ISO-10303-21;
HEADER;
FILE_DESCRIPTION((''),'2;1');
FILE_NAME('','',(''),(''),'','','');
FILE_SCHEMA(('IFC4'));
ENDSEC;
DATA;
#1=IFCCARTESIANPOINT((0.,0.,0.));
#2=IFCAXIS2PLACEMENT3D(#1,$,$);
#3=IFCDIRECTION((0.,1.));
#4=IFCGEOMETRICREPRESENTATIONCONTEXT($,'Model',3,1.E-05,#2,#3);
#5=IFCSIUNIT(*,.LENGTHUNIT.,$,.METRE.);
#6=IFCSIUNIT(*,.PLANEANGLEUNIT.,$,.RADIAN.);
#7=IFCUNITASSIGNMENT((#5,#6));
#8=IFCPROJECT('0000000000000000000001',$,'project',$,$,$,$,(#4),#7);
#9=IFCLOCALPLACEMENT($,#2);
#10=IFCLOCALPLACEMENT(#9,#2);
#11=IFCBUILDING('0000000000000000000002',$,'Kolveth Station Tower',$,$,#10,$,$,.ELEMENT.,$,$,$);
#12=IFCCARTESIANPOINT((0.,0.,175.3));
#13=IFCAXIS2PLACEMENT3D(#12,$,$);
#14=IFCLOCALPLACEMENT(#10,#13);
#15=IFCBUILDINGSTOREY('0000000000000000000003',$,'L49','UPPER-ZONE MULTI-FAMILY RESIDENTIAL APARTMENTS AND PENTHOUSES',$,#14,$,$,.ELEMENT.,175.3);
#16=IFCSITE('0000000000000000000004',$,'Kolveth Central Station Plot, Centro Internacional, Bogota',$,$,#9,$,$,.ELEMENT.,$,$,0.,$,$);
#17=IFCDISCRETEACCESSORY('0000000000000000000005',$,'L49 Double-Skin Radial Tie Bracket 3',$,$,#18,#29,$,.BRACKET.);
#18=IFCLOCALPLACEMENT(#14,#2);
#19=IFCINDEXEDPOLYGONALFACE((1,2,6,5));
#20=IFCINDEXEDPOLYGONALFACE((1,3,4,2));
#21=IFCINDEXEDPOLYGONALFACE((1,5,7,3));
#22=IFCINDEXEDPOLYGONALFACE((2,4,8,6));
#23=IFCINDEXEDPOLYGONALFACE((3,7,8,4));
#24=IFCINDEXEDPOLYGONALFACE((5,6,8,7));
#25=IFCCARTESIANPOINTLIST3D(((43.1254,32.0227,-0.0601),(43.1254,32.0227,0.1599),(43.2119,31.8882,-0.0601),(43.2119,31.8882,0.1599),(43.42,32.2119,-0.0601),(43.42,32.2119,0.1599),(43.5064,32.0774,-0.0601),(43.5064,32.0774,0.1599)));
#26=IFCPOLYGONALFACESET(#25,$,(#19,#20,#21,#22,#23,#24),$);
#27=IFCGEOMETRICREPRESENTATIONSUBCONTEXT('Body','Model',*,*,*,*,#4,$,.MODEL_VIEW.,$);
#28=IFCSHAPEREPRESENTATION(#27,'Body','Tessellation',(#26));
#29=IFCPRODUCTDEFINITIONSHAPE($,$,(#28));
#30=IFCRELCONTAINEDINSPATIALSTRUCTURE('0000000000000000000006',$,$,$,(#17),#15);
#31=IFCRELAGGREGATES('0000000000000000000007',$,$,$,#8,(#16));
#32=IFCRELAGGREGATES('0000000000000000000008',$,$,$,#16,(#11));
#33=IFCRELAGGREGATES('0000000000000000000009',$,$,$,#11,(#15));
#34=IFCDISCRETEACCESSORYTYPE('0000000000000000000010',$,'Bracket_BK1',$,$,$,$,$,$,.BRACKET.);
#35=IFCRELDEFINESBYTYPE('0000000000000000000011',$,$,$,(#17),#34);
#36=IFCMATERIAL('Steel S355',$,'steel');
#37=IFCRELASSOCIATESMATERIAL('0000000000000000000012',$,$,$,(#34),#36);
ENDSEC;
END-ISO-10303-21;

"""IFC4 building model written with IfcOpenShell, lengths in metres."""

from ifc_helpers import new_model, si_unit, direction, frame, origin, origin_2d, place, context, subcontext, project, spatial, rectangle, extrude, source, transform, mapped, material, type_object, element, save


model = new_model("IFC4")

# Units and contexts
model_context = context("Model", 3, precision=1e-05, world=origin(), true_north=direction((0.0, 1.0)))
body_context = subcontext(model_context, "Body", "Model", "MODEL_VIEW")
ifc_project = project(units=[si_unit("LENGTHUNIT", "METRE"), si_unit("PLANEANGLEUNIT", "RADIAN")], contexts=[model_context])

# Site, building, storey
site_placement = place(None, origin())
site = spatial("IfcSite", under=ifc_project, at=site_placement, Name="Kolveth Central Station Plot, Centro Internacional, Bogota", CompositionType="ELEMENT", RefElevation=0.0)
building_placement = place(site_placement, origin())
building = spatial("IfcBuilding", under=site, at=building_placement, Name="Kolveth Station Tower", CompositionType="ELEMENT")
storey_placement = place(building_placement, frame((0.0, 0.0, 175.3)))
storey = spatial("IfcBuildingStorey", under=building, at=storey_placement, Name="L49", Description="UPPER-ZONE MULTI-FAMILY RESIDENTIAL APARTMENTS AND PENTHOUSES", CompositionType="ELEMENT", Elevation=175.3)

# Shared definitions
ifc_material_1 = material(Name="Steel S355", Category="steel")

# Discrete accessory
discrete_accessory_type = type_object("IfcDiscreteAccessoryType", Name="Bracket_BK1", PredefinedType="BRACKET", material=ifc_material_1)
shared_shape_1 = source(origin(), body_context, "Body", "SweptSolid", [
    extrude(rectangle(XDim=0.3501, YDim=0.1599, at=origin_2d()), origin(), (0.0, 0.0, 1.0), 0.22),
])
discrete_accessory_placement = place(storey_placement, frame((43.3159, 32.05, -0.0601), z_axis=(0.0, 0.0, 1.0), x_axis=(0.841322, 0.540534, 0.0)))
element("IfcDiscreteAccessory", 1, at=discrete_accessory_placement, inside=storey, type_object=discrete_accessory_type, Name="L49 Double-Skin Radial Tie Bracket 3", PredefinedType="BRACKET", context=body_context, shape_type="MappedRepresentation", body=[
    mapped(shared_shape_1, transform((0.0, 0.0, 0.0), x_axis=(1.0, 0.0, 0.0), y_axis=(0.0, 1.0, 0.0), z_axis=(0.0, 0.0, 1.0), scale=1.0)),
])

save(model, "model.ifc")
